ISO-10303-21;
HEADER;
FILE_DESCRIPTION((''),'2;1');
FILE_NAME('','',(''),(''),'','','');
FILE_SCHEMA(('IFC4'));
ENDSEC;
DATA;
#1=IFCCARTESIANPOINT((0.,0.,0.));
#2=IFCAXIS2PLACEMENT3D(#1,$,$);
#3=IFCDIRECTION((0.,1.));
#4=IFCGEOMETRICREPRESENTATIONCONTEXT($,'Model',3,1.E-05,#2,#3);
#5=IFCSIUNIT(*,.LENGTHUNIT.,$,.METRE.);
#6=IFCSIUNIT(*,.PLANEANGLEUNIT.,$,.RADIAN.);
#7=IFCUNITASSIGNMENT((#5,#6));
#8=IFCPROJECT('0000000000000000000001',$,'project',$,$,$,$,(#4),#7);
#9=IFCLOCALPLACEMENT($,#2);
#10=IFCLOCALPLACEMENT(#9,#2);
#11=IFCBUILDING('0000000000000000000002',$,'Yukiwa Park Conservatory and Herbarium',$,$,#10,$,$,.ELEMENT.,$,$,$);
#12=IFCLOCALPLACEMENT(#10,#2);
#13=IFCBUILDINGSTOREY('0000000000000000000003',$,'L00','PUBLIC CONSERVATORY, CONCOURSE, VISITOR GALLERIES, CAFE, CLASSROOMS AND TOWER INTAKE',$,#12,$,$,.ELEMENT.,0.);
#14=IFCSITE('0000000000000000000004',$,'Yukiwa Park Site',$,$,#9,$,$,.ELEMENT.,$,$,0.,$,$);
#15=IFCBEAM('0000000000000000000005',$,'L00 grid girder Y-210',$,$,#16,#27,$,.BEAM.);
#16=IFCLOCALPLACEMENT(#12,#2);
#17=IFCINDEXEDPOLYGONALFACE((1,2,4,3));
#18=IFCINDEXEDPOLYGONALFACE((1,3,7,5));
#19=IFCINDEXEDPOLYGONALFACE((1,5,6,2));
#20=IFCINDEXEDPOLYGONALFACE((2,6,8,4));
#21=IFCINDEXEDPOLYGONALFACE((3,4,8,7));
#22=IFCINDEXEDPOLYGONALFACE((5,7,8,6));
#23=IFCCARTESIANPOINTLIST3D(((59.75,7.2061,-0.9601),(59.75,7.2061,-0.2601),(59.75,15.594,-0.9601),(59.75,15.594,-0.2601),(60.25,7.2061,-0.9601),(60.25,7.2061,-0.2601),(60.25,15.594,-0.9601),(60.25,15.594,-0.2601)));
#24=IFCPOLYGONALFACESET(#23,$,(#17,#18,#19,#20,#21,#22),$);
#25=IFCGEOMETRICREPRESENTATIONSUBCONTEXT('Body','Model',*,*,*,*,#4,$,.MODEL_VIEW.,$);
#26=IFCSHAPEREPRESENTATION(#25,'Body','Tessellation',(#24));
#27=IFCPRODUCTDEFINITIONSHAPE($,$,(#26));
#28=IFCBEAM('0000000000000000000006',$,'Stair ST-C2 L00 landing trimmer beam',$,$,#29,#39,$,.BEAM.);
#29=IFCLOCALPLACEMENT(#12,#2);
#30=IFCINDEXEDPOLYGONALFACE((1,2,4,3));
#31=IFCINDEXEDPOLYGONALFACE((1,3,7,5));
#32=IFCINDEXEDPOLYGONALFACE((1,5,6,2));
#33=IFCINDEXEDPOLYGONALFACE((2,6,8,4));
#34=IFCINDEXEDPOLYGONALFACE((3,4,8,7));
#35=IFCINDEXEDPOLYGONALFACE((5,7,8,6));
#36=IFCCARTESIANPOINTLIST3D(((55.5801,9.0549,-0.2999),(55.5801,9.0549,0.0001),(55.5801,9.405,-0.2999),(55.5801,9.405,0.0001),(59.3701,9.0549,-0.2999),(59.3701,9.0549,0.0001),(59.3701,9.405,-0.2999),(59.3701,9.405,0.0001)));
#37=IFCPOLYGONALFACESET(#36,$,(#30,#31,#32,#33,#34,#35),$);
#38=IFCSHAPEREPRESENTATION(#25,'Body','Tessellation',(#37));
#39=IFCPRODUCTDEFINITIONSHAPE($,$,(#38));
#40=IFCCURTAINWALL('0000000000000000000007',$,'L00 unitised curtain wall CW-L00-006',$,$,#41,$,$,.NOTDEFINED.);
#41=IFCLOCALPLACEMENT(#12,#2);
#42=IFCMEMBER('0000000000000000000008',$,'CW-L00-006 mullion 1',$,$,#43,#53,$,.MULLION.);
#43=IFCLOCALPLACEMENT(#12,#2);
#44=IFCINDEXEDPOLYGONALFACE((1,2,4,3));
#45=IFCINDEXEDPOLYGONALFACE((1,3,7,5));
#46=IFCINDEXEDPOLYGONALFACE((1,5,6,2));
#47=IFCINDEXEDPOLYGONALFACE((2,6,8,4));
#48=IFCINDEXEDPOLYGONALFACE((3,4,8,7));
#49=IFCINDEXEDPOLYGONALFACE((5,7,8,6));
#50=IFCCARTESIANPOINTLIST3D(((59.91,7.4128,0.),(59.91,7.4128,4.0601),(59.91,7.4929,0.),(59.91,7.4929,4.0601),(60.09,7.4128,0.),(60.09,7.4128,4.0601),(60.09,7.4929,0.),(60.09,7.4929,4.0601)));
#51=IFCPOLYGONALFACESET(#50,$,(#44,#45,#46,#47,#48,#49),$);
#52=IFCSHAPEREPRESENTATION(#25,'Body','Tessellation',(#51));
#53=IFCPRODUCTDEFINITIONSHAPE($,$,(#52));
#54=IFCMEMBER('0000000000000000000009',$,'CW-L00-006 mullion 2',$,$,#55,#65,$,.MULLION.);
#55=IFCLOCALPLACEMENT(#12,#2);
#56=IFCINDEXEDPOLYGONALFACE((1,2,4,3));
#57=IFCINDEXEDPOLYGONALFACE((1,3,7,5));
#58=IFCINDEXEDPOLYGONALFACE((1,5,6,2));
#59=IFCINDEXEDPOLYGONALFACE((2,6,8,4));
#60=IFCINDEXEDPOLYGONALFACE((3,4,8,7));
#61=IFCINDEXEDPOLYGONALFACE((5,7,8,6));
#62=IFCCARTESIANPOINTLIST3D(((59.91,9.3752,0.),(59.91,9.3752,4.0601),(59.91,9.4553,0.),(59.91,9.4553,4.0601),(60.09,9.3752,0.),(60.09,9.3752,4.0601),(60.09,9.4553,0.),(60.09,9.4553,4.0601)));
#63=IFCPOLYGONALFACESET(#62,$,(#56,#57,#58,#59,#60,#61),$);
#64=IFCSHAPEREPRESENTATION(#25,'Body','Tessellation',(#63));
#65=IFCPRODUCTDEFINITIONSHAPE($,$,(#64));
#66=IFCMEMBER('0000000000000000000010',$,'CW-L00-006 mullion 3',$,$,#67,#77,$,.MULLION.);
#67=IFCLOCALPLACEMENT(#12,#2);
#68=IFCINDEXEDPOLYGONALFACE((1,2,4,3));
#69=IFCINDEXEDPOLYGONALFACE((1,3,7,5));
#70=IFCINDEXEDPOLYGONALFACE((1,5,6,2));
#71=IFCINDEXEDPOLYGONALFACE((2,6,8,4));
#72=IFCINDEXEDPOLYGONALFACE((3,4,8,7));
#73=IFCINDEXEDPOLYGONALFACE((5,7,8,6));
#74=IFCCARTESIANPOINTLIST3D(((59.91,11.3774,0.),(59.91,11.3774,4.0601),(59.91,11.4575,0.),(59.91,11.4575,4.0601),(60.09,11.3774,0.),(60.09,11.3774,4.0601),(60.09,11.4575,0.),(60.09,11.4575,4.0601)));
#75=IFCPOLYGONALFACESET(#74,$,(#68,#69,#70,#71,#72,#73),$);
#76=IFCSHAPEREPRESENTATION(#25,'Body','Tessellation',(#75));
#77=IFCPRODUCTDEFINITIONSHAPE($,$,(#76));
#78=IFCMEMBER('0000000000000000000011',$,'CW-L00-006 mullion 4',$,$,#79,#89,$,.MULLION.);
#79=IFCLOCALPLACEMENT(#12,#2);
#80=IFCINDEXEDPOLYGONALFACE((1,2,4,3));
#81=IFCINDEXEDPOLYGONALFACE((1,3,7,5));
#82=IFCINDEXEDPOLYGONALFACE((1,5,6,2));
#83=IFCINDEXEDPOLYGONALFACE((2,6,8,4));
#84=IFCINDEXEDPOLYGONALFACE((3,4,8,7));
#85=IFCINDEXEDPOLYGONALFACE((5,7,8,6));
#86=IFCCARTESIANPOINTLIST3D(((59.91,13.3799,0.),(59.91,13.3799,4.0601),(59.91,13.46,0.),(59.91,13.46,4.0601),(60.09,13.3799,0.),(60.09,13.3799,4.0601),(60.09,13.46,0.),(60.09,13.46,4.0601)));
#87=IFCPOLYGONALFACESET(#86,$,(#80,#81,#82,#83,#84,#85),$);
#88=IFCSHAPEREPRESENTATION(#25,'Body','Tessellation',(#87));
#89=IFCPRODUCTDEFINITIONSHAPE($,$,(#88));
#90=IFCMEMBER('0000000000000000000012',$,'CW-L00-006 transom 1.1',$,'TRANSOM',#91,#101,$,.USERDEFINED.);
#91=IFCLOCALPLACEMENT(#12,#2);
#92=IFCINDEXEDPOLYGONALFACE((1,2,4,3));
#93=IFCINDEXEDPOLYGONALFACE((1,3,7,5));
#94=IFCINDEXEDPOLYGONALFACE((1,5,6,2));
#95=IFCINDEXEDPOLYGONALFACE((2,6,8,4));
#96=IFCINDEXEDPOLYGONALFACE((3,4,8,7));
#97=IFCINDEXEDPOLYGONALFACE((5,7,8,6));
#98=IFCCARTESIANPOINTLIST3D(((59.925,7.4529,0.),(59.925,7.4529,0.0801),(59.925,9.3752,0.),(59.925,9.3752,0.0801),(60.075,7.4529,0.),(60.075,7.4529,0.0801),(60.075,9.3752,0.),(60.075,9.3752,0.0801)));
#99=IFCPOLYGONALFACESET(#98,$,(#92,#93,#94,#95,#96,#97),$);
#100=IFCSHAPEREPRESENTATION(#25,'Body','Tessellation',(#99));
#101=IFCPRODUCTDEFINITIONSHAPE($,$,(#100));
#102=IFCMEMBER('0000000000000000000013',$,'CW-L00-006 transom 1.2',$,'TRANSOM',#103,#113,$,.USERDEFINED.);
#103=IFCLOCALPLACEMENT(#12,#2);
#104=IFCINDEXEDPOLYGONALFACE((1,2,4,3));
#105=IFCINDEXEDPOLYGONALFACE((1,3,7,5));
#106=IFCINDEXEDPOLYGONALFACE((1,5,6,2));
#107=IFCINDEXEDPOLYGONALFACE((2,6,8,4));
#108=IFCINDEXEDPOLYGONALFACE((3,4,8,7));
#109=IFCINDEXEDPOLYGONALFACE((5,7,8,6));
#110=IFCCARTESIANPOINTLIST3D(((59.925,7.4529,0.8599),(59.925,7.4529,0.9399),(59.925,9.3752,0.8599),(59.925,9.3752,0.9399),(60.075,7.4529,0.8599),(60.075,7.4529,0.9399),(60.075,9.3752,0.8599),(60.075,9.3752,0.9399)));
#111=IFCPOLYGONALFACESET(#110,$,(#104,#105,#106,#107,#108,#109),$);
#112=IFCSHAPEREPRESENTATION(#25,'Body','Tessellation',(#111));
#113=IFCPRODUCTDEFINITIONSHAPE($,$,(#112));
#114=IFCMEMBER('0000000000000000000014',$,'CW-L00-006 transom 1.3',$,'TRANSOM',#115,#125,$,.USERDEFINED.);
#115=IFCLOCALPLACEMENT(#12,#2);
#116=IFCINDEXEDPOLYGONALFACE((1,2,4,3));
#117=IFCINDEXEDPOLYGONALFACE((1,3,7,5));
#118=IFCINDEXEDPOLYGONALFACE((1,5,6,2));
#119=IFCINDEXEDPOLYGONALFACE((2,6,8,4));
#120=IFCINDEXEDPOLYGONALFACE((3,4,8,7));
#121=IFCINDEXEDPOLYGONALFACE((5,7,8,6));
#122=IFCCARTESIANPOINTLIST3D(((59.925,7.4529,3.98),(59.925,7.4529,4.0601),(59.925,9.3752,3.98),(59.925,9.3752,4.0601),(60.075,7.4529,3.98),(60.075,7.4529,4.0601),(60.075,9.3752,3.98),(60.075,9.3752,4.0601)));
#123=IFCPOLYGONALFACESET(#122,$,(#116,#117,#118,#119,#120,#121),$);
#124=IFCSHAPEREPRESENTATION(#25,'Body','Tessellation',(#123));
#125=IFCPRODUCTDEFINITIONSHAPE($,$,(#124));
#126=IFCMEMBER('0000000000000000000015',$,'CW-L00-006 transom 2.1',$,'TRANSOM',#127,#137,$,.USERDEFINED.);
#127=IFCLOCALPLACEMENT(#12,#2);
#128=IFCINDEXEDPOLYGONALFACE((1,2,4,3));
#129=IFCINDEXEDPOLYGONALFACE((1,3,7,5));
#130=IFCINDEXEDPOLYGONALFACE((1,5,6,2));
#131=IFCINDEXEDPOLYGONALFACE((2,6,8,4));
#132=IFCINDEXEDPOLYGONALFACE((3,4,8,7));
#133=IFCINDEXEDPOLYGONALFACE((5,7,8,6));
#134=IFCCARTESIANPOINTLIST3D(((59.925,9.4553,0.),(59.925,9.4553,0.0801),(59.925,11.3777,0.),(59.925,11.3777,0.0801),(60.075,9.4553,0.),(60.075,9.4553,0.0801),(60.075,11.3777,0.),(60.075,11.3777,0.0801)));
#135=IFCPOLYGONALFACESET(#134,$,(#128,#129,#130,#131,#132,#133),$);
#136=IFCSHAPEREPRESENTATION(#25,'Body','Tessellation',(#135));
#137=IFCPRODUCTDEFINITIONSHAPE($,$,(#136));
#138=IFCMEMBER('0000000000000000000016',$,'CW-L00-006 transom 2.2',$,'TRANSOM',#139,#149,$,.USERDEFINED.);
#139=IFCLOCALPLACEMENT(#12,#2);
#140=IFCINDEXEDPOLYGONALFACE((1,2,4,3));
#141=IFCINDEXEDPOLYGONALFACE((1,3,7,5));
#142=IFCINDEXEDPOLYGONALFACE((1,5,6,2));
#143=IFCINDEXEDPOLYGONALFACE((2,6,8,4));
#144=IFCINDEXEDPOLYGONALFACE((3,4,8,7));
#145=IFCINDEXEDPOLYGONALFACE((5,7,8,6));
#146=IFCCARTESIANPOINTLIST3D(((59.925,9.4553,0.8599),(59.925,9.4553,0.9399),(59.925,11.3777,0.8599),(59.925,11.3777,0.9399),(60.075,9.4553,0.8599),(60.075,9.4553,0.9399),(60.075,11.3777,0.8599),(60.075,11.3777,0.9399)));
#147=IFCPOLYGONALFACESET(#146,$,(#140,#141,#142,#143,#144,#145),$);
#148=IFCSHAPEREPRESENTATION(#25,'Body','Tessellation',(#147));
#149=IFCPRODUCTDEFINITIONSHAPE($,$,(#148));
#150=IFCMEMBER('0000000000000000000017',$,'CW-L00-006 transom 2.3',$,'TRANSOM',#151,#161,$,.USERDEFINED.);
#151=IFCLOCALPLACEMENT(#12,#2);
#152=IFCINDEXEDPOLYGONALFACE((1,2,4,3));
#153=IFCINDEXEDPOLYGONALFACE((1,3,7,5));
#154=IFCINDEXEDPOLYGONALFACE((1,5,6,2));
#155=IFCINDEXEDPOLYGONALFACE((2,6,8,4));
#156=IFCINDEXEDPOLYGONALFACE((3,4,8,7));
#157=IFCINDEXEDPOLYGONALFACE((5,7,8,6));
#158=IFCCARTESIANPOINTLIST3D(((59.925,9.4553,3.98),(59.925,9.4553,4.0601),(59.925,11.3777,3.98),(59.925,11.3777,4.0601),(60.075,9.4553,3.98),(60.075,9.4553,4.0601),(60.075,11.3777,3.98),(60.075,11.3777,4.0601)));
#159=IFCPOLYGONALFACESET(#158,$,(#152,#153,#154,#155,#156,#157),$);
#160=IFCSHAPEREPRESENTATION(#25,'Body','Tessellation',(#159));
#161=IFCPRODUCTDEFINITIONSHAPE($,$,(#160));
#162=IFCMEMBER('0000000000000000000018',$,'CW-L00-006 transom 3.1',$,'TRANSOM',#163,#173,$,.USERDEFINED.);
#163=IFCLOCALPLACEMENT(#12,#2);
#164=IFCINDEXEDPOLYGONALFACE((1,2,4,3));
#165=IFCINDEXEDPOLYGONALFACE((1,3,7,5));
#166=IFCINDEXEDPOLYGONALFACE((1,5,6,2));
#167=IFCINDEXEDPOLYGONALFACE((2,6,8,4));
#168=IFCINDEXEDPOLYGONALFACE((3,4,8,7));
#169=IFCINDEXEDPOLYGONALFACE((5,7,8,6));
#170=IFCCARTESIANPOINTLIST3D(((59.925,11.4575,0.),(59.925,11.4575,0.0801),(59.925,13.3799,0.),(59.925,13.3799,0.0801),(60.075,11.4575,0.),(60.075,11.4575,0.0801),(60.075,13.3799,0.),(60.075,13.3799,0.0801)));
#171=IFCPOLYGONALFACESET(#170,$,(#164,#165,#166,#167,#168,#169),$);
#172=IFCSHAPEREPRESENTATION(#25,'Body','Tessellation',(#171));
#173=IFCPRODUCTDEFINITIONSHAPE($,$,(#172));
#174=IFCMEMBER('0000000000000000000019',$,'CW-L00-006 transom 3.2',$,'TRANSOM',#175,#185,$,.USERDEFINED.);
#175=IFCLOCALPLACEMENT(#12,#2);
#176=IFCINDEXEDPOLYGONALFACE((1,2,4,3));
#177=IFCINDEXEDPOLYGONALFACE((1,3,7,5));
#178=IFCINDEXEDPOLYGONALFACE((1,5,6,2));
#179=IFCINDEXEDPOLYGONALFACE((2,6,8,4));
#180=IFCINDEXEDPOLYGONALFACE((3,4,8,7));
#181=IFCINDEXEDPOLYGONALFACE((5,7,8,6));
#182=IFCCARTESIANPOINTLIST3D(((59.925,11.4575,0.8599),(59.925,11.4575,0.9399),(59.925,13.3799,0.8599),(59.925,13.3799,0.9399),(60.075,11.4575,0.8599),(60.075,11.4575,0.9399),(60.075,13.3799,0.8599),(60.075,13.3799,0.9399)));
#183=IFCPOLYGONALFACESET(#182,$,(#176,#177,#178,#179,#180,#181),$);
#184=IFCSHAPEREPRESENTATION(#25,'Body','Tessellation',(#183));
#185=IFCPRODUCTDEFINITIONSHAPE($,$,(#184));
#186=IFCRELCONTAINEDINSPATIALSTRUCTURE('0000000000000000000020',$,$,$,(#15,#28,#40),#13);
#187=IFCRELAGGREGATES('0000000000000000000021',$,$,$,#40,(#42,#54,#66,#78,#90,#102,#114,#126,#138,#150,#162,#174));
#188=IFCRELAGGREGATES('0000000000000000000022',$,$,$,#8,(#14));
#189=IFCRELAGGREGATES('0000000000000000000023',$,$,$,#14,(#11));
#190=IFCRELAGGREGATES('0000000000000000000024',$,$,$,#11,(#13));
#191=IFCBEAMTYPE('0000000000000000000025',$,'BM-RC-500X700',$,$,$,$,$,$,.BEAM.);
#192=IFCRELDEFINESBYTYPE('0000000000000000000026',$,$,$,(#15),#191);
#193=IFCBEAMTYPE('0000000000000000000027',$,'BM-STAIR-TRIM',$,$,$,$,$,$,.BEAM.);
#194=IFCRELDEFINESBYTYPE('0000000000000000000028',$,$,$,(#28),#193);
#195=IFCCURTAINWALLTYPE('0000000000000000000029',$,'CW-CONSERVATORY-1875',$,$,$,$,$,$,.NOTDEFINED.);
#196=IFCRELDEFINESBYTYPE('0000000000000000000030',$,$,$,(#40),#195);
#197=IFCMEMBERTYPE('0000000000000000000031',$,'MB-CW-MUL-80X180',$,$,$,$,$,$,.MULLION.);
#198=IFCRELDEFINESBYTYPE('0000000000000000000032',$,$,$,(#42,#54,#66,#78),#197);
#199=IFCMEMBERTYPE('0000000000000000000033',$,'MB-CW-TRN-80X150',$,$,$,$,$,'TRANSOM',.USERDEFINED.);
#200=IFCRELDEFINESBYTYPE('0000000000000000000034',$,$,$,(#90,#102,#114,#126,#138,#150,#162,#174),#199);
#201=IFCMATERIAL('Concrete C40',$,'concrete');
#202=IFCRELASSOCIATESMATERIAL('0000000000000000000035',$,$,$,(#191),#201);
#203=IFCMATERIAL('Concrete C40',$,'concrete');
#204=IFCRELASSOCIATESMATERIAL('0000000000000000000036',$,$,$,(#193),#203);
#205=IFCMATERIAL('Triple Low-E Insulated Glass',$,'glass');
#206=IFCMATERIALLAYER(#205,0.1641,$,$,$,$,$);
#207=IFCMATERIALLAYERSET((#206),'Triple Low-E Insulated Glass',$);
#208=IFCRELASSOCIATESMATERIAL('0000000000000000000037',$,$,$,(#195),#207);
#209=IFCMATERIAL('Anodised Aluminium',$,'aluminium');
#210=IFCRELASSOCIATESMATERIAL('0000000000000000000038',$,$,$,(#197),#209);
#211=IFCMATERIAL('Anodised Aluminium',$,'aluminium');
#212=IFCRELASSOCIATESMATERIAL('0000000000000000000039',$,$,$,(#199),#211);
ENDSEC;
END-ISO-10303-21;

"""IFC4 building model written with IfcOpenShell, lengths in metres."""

from ifc_helpers import new_model, si_unit, direction, frame, origin, origin_2d, place, context, subcontext, project, spatial, rectangle, extrude, material, layer, layer_set, material_profile, profile_set, type_object, element, aggregate, save


model = new_model("IFC4")

# Units and contexts
model_context = context("Model", 3, precision=1e-05, world=origin(), true_north=direction((0.0, 1.0)))
body_context = subcontext(model_context, "Body", "Model", "MODEL_VIEW")
ifc_project = project(units=[si_unit("LENGTHUNIT", "METRE"), si_unit("PLANEANGLEUNIT", "RADIAN")], contexts=[model_context])

# Site, building, storey
site_placement = place(None, origin())
site = spatial("IfcSite", under=ifc_project, at=site_placement, Name="Yukiwa Park Site", CompositionType="ELEMENT", RefElevation=0.0)
building_placement = place(site_placement, origin())
building = spatial("IfcBuilding", under=site, at=building_placement, Name="Yukiwa Park Conservatory and Herbarium", CompositionType="ELEMENT")
storey_placement = place(building_placement, origin())
storey = spatial("IfcBuildingStorey", under=building, at=storey_placement, Name="L00", Description="PUBLIC CONSERVATORY, CONCOURSE, VISITOR GALLERIES, CAFE, CLASSROOMS AND TOWER INTAKE", CompositionType="ELEMENT", Elevation=0.0)

# Beams
ifc_material_1 = material(Name="Concrete C40", Category="concrete")
ifc_material_profile_1 = material_profile(ifc_material_1, rectangle(XDim=0.5, YDim=0.7, at=origin_2d()), Name="RC 500x700")
ifc_profile_set_1 = profile_set([ifc_material_profile_1], Name="Concrete C40")
beam_type_1 = type_object("IfcBeamType", Name="BM-RC-500X700", PredefinedType="BEAM", material=ifc_profile_set_1)
beam_1_placement = place(storey_placement, frame((60.0, 7.2061, -0.6101), z_axis=(0.0, 1.0, 0.0), x_axis=(-1.0, 0.0, 0.0)))
element("IfcBeam", 1, at=beam_1_placement, inside=storey, type_object=beam_type_1, Name="L00 grid girder Y-210", PredefinedType="BEAM", context=body_context, shape_type="SweptSolid", body=[
    extrude(rectangle(XDim=0.5, YDim=0.7, at=origin_2d()), origin(), (0.0, 0.0, 1.0), 8.3879),
])
ifc_material_2 = material(Name="Concrete C40", Category="concrete")
ifc_material_profile_2 = material_profile(ifc_material_2, rectangle(XDim=0.3501, YDim=0.3, at=origin_2d()), Name="RC 350x300")
ifc_profile_set_2 = profile_set([ifc_material_profile_2], Name="Concrete C40")
beam_type_2 = type_object("IfcBeamType", Name="BM-STAIR-TRIM", PredefinedType="BEAM", material=ifc_profile_set_2)
beam_2_placement = place(storey_placement, frame((55.5801, 9.23, -0.1499), z_axis=(1.0, 0.0, 0.0), x_axis=(0.0, 1.0, 0.0)))
element("IfcBeam", 2, at=beam_2_placement, inside=storey, type_object=beam_type_2, Name="Stair ST-C2 L00 landing trimmer beam", PredefinedType="BEAM", context=body_context, shape_type="SweptSolid", body=[
    extrude(rectangle(XDim=0.3501, YDim=0.3, at=origin_2d()), origin(), (0.0, 0.0, 1.0), 3.79),
])

# Curtain wall, members
ifc_material_3 = material(Name="Triple Low-E Insulated Glass", Category="glass")
ifc_layer_1 = layer(ifc_material_3, 0.1641)
ifc_layer_set_1 = layer_set([ifc_layer_1], Name="Triple Low-E Insulated Glass")
curtain_wall_type = type_object("IfcCurtainWallType", Name="CW-CONSERVATORY-1875", PredefinedType="NOTDEFINED", material=ifc_layer_set_1)
curtain_wall_placement = place(storey_placement, origin())
curtain_wall = element("IfcCurtainWall", 3, at=curtain_wall_placement, inside=storey, type_object=curtain_wall_type, Name="L00 unitised curtain wall CW-L00-006", PredefinedType="NOTDEFINED")
ifc_material_4 = material(Name="Anodised Aluminium", Category="aluminium")
member_type_1 = type_object("IfcMemberType", Name="MB-CW-MUL-80X180", PredefinedType="MULLION", material=ifc_material_4)
member_1_placement = place(storey_placement, frame((60.0, 7.4529, 0.0), z_axis=(0.0, 0.0, 1.0), x_axis=(0.0, 1.0, 0.0)))
member_1 = element("IfcMember", 4, at=member_1_placement, type_object=member_type_1, Name="CW-L00-006 mullion 1", PredefinedType="MULLION", context=body_context, shape_type="SweptSolid", body=[
    extrude(rectangle(XDim=0.0801, YDim=0.1799, at=origin_2d()), origin(), (0.0, 0.0, 1.0), 4.0601),
])
member_2_placement = place(storey_placement, frame((60.0, 9.4153, 0.0), z_axis=(0.0, 0.0, 1.0), x_axis=(0.0, 1.0, 0.0)))
member_2 = element("IfcMember", 5, at=member_2_placement, type_object=member_type_1, Name="CW-L00-006 mullion 2", PredefinedType="MULLION", context=body_context, shape_type="SweptSolid", body=[
    extrude(rectangle(XDim=0.0801, YDim=0.1799, at=origin_2d()), origin(), (0.0, 0.0, 1.0), 4.0601),
])
member_3_placement = place(storey_placement, frame((60.0, 11.4175, 0.0), z_axis=(0.0, 0.0, 1.0), x_axis=(0.0, 1.0, 0.0)))
member_3 = element("IfcMember", 6, at=member_3_placement, type_object=member_type_1, Name="CW-L00-006 mullion 3", PredefinedType="MULLION", context=body_context, shape_type="SweptSolid", body=[
    extrude(rectangle(XDim=0.0801, YDim=0.1799, at=origin_2d()), origin(), (0.0, 0.0, 1.0), 4.0601),
])
member_4_placement = place(storey_placement, frame((60.0, 13.4199, 0.0), z_axis=(0.0, 0.0, 1.0), x_axis=(0.0, 1.0, 0.0)))
member_4 = element("IfcMember", 7, at=member_4_placement, type_object=member_type_1, Name="CW-L00-006 mullion 4", PredefinedType="MULLION", context=body_context, shape_type="SweptSolid", body=[
    extrude(rectangle(XDim=0.0801, YDim=0.1799, at=origin_2d()), origin(), (0.0, 0.0, 1.0), 4.0601),
])
ifc_material_5 = material(Name="Anodised Aluminium", Category="aluminium")
member_type_2 = type_object("IfcMemberType", Name="MB-CW-TRN-80X150", ElementType="TRANSOM", PredefinedType="USERDEFINED", material=ifc_material_5)
member_5_placement = place(storey_placement, frame((60.0, 8.4141, 0.0), z_axis=(0.0, 0.0, 1.0), x_axis=(0.0, 1.0, 0.0)))
member_5 = element("IfcMember", 8, at=member_5_placement, type_object=member_type_2, Name="CW-L00-006 transom 1.1", ObjectType="TRANSOM", PredefinedType="USERDEFINED", context=body_context, shape_type="SweptSolid", body=[
    extrude(rectangle(XDim=1.9224, YDim=0.1499, at=origin_2d()), origin(), (0.0, 0.0, 1.0), 0.0801),
])
member_6_placement = place(storey_placement, frame((60.0, 8.4141, 0.8599), z_axis=(0.0, 0.0, 1.0), x_axis=(0.0, 1.0, 0.0)))
member_6 = element("IfcMember", 9, at=member_6_placement, type_object=member_type_2, Name="CW-L00-006 transom 1.2", ObjectType="TRANSOM", PredefinedType="USERDEFINED", context=body_context, shape_type="SweptSolid", body=[
    extrude(rectangle(XDim=1.9224, YDim=0.1499, at=origin_2d()), origin(), (0.0, 0.0, 1.0), 0.0801),
])
member_7_placement = place(storey_placement, frame((60.0, 8.4141, 3.98), z_axis=(0.0, 0.0, 1.0), x_axis=(0.0, 1.0, 0.0)))
member_7 = element("IfcMember", 10, at=member_7_placement, type_object=member_type_2, Name="CW-L00-006 transom 1.3", ObjectType="TRANSOM", PredefinedType="USERDEFINED", context=body_context, shape_type="SweptSolid", body=[
    extrude(rectangle(XDim=1.9224, YDim=0.1499, at=origin_2d()), origin(), (0.0, 0.0, 1.0), 0.0801),
])
member_8_placement = place(storey_placement, frame((60.0, 10.4165, 0.0), z_axis=(0.0, 0.0, 1.0), x_axis=(0.0, 1.0, 0.0)))
member_8 = element("IfcMember", 11, at=member_8_placement, type_object=member_type_2, Name="CW-L00-006 transom 2.1", ObjectType="TRANSOM", PredefinedType="USERDEFINED", context=body_context, shape_type="SweptSolid", body=[
    extrude(rectangle(XDim=1.9224, YDim=0.1499, at=origin_2d()), origin(), (0.0, 0.0, 1.0), 0.0801),
])
member_9_placement = place(storey_placement, frame((60.0, 10.4165, 0.8599), z_axis=(0.0, 0.0, 1.0), x_axis=(0.0, 1.0, 0.0)))
member_9 = element("IfcMember", 12, at=member_9_placement, type_object=member_type_2, Name="CW-L00-006 transom 2.2", ObjectType="TRANSOM", PredefinedType="USERDEFINED", context=body_context, shape_type="SweptSolid", body=[
    extrude(rectangle(XDim=1.9224, YDim=0.1499, at=origin_2d()), origin(), (0.0, 0.0, 1.0), 0.0801),
])
member_10_placement = place(storey_placement, frame((60.0, 10.4165, 3.98), z_axis=(0.0, 0.0, 1.0), x_axis=(0.0, 1.0, 0.0)))
member_10 = element("IfcMember", 13, at=member_10_placement, type_object=member_type_2, Name="CW-L00-006 transom 2.3", ObjectType="TRANSOM", PredefinedType="USERDEFINED", context=body_context, shape_type="SweptSolid", body=[
    extrude(rectangle(XDim=1.9224, YDim=0.1499, at=origin_2d()), origin(), (0.0, 0.0, 1.0), 0.0801),
])
member_11_placement = place(storey_placement, frame((60.0, 12.4187, 0.0), z_axis=(0.0, 0.0, 1.0), x_axis=(0.0, 1.0, 0.0)))
member_11 = element("IfcMember", 14, at=member_11_placement, type_object=member_type_2, Name="CW-L00-006 transom 3.1", ObjectType="TRANSOM", PredefinedType="USERDEFINED", context=body_context, shape_type="SweptSolid", body=[
    extrude(rectangle(XDim=1.9224, YDim=0.1499, at=origin_2d()), origin(), (0.0, 0.0, 1.0), 0.0801),
])
member_12_placement = place(storey_placement, frame((60.0, 12.4187, 0.8599), z_axis=(0.0, 0.0, 1.0), x_axis=(0.0, 1.0, 0.0)))
member_12 = element("IfcMember", 15, at=member_12_placement, type_object=member_type_2, Name="CW-L00-006 transom 3.2", ObjectType="TRANSOM", PredefinedType="USERDEFINED", context=body_context, shape_type="SweptSolid", body=[
    extrude(rectangle(XDim=1.9224, YDim=0.1499, at=origin_2d()), origin(), (0.0, 0.0, 1.0), 0.0801),
])
aggregate(curtain_wall, [member_1, member_2, member_3, member_4, member_5, member_6, member_7, member_8, member_9, member_10, member_11, member_12])

save(model, "model.ifc")
